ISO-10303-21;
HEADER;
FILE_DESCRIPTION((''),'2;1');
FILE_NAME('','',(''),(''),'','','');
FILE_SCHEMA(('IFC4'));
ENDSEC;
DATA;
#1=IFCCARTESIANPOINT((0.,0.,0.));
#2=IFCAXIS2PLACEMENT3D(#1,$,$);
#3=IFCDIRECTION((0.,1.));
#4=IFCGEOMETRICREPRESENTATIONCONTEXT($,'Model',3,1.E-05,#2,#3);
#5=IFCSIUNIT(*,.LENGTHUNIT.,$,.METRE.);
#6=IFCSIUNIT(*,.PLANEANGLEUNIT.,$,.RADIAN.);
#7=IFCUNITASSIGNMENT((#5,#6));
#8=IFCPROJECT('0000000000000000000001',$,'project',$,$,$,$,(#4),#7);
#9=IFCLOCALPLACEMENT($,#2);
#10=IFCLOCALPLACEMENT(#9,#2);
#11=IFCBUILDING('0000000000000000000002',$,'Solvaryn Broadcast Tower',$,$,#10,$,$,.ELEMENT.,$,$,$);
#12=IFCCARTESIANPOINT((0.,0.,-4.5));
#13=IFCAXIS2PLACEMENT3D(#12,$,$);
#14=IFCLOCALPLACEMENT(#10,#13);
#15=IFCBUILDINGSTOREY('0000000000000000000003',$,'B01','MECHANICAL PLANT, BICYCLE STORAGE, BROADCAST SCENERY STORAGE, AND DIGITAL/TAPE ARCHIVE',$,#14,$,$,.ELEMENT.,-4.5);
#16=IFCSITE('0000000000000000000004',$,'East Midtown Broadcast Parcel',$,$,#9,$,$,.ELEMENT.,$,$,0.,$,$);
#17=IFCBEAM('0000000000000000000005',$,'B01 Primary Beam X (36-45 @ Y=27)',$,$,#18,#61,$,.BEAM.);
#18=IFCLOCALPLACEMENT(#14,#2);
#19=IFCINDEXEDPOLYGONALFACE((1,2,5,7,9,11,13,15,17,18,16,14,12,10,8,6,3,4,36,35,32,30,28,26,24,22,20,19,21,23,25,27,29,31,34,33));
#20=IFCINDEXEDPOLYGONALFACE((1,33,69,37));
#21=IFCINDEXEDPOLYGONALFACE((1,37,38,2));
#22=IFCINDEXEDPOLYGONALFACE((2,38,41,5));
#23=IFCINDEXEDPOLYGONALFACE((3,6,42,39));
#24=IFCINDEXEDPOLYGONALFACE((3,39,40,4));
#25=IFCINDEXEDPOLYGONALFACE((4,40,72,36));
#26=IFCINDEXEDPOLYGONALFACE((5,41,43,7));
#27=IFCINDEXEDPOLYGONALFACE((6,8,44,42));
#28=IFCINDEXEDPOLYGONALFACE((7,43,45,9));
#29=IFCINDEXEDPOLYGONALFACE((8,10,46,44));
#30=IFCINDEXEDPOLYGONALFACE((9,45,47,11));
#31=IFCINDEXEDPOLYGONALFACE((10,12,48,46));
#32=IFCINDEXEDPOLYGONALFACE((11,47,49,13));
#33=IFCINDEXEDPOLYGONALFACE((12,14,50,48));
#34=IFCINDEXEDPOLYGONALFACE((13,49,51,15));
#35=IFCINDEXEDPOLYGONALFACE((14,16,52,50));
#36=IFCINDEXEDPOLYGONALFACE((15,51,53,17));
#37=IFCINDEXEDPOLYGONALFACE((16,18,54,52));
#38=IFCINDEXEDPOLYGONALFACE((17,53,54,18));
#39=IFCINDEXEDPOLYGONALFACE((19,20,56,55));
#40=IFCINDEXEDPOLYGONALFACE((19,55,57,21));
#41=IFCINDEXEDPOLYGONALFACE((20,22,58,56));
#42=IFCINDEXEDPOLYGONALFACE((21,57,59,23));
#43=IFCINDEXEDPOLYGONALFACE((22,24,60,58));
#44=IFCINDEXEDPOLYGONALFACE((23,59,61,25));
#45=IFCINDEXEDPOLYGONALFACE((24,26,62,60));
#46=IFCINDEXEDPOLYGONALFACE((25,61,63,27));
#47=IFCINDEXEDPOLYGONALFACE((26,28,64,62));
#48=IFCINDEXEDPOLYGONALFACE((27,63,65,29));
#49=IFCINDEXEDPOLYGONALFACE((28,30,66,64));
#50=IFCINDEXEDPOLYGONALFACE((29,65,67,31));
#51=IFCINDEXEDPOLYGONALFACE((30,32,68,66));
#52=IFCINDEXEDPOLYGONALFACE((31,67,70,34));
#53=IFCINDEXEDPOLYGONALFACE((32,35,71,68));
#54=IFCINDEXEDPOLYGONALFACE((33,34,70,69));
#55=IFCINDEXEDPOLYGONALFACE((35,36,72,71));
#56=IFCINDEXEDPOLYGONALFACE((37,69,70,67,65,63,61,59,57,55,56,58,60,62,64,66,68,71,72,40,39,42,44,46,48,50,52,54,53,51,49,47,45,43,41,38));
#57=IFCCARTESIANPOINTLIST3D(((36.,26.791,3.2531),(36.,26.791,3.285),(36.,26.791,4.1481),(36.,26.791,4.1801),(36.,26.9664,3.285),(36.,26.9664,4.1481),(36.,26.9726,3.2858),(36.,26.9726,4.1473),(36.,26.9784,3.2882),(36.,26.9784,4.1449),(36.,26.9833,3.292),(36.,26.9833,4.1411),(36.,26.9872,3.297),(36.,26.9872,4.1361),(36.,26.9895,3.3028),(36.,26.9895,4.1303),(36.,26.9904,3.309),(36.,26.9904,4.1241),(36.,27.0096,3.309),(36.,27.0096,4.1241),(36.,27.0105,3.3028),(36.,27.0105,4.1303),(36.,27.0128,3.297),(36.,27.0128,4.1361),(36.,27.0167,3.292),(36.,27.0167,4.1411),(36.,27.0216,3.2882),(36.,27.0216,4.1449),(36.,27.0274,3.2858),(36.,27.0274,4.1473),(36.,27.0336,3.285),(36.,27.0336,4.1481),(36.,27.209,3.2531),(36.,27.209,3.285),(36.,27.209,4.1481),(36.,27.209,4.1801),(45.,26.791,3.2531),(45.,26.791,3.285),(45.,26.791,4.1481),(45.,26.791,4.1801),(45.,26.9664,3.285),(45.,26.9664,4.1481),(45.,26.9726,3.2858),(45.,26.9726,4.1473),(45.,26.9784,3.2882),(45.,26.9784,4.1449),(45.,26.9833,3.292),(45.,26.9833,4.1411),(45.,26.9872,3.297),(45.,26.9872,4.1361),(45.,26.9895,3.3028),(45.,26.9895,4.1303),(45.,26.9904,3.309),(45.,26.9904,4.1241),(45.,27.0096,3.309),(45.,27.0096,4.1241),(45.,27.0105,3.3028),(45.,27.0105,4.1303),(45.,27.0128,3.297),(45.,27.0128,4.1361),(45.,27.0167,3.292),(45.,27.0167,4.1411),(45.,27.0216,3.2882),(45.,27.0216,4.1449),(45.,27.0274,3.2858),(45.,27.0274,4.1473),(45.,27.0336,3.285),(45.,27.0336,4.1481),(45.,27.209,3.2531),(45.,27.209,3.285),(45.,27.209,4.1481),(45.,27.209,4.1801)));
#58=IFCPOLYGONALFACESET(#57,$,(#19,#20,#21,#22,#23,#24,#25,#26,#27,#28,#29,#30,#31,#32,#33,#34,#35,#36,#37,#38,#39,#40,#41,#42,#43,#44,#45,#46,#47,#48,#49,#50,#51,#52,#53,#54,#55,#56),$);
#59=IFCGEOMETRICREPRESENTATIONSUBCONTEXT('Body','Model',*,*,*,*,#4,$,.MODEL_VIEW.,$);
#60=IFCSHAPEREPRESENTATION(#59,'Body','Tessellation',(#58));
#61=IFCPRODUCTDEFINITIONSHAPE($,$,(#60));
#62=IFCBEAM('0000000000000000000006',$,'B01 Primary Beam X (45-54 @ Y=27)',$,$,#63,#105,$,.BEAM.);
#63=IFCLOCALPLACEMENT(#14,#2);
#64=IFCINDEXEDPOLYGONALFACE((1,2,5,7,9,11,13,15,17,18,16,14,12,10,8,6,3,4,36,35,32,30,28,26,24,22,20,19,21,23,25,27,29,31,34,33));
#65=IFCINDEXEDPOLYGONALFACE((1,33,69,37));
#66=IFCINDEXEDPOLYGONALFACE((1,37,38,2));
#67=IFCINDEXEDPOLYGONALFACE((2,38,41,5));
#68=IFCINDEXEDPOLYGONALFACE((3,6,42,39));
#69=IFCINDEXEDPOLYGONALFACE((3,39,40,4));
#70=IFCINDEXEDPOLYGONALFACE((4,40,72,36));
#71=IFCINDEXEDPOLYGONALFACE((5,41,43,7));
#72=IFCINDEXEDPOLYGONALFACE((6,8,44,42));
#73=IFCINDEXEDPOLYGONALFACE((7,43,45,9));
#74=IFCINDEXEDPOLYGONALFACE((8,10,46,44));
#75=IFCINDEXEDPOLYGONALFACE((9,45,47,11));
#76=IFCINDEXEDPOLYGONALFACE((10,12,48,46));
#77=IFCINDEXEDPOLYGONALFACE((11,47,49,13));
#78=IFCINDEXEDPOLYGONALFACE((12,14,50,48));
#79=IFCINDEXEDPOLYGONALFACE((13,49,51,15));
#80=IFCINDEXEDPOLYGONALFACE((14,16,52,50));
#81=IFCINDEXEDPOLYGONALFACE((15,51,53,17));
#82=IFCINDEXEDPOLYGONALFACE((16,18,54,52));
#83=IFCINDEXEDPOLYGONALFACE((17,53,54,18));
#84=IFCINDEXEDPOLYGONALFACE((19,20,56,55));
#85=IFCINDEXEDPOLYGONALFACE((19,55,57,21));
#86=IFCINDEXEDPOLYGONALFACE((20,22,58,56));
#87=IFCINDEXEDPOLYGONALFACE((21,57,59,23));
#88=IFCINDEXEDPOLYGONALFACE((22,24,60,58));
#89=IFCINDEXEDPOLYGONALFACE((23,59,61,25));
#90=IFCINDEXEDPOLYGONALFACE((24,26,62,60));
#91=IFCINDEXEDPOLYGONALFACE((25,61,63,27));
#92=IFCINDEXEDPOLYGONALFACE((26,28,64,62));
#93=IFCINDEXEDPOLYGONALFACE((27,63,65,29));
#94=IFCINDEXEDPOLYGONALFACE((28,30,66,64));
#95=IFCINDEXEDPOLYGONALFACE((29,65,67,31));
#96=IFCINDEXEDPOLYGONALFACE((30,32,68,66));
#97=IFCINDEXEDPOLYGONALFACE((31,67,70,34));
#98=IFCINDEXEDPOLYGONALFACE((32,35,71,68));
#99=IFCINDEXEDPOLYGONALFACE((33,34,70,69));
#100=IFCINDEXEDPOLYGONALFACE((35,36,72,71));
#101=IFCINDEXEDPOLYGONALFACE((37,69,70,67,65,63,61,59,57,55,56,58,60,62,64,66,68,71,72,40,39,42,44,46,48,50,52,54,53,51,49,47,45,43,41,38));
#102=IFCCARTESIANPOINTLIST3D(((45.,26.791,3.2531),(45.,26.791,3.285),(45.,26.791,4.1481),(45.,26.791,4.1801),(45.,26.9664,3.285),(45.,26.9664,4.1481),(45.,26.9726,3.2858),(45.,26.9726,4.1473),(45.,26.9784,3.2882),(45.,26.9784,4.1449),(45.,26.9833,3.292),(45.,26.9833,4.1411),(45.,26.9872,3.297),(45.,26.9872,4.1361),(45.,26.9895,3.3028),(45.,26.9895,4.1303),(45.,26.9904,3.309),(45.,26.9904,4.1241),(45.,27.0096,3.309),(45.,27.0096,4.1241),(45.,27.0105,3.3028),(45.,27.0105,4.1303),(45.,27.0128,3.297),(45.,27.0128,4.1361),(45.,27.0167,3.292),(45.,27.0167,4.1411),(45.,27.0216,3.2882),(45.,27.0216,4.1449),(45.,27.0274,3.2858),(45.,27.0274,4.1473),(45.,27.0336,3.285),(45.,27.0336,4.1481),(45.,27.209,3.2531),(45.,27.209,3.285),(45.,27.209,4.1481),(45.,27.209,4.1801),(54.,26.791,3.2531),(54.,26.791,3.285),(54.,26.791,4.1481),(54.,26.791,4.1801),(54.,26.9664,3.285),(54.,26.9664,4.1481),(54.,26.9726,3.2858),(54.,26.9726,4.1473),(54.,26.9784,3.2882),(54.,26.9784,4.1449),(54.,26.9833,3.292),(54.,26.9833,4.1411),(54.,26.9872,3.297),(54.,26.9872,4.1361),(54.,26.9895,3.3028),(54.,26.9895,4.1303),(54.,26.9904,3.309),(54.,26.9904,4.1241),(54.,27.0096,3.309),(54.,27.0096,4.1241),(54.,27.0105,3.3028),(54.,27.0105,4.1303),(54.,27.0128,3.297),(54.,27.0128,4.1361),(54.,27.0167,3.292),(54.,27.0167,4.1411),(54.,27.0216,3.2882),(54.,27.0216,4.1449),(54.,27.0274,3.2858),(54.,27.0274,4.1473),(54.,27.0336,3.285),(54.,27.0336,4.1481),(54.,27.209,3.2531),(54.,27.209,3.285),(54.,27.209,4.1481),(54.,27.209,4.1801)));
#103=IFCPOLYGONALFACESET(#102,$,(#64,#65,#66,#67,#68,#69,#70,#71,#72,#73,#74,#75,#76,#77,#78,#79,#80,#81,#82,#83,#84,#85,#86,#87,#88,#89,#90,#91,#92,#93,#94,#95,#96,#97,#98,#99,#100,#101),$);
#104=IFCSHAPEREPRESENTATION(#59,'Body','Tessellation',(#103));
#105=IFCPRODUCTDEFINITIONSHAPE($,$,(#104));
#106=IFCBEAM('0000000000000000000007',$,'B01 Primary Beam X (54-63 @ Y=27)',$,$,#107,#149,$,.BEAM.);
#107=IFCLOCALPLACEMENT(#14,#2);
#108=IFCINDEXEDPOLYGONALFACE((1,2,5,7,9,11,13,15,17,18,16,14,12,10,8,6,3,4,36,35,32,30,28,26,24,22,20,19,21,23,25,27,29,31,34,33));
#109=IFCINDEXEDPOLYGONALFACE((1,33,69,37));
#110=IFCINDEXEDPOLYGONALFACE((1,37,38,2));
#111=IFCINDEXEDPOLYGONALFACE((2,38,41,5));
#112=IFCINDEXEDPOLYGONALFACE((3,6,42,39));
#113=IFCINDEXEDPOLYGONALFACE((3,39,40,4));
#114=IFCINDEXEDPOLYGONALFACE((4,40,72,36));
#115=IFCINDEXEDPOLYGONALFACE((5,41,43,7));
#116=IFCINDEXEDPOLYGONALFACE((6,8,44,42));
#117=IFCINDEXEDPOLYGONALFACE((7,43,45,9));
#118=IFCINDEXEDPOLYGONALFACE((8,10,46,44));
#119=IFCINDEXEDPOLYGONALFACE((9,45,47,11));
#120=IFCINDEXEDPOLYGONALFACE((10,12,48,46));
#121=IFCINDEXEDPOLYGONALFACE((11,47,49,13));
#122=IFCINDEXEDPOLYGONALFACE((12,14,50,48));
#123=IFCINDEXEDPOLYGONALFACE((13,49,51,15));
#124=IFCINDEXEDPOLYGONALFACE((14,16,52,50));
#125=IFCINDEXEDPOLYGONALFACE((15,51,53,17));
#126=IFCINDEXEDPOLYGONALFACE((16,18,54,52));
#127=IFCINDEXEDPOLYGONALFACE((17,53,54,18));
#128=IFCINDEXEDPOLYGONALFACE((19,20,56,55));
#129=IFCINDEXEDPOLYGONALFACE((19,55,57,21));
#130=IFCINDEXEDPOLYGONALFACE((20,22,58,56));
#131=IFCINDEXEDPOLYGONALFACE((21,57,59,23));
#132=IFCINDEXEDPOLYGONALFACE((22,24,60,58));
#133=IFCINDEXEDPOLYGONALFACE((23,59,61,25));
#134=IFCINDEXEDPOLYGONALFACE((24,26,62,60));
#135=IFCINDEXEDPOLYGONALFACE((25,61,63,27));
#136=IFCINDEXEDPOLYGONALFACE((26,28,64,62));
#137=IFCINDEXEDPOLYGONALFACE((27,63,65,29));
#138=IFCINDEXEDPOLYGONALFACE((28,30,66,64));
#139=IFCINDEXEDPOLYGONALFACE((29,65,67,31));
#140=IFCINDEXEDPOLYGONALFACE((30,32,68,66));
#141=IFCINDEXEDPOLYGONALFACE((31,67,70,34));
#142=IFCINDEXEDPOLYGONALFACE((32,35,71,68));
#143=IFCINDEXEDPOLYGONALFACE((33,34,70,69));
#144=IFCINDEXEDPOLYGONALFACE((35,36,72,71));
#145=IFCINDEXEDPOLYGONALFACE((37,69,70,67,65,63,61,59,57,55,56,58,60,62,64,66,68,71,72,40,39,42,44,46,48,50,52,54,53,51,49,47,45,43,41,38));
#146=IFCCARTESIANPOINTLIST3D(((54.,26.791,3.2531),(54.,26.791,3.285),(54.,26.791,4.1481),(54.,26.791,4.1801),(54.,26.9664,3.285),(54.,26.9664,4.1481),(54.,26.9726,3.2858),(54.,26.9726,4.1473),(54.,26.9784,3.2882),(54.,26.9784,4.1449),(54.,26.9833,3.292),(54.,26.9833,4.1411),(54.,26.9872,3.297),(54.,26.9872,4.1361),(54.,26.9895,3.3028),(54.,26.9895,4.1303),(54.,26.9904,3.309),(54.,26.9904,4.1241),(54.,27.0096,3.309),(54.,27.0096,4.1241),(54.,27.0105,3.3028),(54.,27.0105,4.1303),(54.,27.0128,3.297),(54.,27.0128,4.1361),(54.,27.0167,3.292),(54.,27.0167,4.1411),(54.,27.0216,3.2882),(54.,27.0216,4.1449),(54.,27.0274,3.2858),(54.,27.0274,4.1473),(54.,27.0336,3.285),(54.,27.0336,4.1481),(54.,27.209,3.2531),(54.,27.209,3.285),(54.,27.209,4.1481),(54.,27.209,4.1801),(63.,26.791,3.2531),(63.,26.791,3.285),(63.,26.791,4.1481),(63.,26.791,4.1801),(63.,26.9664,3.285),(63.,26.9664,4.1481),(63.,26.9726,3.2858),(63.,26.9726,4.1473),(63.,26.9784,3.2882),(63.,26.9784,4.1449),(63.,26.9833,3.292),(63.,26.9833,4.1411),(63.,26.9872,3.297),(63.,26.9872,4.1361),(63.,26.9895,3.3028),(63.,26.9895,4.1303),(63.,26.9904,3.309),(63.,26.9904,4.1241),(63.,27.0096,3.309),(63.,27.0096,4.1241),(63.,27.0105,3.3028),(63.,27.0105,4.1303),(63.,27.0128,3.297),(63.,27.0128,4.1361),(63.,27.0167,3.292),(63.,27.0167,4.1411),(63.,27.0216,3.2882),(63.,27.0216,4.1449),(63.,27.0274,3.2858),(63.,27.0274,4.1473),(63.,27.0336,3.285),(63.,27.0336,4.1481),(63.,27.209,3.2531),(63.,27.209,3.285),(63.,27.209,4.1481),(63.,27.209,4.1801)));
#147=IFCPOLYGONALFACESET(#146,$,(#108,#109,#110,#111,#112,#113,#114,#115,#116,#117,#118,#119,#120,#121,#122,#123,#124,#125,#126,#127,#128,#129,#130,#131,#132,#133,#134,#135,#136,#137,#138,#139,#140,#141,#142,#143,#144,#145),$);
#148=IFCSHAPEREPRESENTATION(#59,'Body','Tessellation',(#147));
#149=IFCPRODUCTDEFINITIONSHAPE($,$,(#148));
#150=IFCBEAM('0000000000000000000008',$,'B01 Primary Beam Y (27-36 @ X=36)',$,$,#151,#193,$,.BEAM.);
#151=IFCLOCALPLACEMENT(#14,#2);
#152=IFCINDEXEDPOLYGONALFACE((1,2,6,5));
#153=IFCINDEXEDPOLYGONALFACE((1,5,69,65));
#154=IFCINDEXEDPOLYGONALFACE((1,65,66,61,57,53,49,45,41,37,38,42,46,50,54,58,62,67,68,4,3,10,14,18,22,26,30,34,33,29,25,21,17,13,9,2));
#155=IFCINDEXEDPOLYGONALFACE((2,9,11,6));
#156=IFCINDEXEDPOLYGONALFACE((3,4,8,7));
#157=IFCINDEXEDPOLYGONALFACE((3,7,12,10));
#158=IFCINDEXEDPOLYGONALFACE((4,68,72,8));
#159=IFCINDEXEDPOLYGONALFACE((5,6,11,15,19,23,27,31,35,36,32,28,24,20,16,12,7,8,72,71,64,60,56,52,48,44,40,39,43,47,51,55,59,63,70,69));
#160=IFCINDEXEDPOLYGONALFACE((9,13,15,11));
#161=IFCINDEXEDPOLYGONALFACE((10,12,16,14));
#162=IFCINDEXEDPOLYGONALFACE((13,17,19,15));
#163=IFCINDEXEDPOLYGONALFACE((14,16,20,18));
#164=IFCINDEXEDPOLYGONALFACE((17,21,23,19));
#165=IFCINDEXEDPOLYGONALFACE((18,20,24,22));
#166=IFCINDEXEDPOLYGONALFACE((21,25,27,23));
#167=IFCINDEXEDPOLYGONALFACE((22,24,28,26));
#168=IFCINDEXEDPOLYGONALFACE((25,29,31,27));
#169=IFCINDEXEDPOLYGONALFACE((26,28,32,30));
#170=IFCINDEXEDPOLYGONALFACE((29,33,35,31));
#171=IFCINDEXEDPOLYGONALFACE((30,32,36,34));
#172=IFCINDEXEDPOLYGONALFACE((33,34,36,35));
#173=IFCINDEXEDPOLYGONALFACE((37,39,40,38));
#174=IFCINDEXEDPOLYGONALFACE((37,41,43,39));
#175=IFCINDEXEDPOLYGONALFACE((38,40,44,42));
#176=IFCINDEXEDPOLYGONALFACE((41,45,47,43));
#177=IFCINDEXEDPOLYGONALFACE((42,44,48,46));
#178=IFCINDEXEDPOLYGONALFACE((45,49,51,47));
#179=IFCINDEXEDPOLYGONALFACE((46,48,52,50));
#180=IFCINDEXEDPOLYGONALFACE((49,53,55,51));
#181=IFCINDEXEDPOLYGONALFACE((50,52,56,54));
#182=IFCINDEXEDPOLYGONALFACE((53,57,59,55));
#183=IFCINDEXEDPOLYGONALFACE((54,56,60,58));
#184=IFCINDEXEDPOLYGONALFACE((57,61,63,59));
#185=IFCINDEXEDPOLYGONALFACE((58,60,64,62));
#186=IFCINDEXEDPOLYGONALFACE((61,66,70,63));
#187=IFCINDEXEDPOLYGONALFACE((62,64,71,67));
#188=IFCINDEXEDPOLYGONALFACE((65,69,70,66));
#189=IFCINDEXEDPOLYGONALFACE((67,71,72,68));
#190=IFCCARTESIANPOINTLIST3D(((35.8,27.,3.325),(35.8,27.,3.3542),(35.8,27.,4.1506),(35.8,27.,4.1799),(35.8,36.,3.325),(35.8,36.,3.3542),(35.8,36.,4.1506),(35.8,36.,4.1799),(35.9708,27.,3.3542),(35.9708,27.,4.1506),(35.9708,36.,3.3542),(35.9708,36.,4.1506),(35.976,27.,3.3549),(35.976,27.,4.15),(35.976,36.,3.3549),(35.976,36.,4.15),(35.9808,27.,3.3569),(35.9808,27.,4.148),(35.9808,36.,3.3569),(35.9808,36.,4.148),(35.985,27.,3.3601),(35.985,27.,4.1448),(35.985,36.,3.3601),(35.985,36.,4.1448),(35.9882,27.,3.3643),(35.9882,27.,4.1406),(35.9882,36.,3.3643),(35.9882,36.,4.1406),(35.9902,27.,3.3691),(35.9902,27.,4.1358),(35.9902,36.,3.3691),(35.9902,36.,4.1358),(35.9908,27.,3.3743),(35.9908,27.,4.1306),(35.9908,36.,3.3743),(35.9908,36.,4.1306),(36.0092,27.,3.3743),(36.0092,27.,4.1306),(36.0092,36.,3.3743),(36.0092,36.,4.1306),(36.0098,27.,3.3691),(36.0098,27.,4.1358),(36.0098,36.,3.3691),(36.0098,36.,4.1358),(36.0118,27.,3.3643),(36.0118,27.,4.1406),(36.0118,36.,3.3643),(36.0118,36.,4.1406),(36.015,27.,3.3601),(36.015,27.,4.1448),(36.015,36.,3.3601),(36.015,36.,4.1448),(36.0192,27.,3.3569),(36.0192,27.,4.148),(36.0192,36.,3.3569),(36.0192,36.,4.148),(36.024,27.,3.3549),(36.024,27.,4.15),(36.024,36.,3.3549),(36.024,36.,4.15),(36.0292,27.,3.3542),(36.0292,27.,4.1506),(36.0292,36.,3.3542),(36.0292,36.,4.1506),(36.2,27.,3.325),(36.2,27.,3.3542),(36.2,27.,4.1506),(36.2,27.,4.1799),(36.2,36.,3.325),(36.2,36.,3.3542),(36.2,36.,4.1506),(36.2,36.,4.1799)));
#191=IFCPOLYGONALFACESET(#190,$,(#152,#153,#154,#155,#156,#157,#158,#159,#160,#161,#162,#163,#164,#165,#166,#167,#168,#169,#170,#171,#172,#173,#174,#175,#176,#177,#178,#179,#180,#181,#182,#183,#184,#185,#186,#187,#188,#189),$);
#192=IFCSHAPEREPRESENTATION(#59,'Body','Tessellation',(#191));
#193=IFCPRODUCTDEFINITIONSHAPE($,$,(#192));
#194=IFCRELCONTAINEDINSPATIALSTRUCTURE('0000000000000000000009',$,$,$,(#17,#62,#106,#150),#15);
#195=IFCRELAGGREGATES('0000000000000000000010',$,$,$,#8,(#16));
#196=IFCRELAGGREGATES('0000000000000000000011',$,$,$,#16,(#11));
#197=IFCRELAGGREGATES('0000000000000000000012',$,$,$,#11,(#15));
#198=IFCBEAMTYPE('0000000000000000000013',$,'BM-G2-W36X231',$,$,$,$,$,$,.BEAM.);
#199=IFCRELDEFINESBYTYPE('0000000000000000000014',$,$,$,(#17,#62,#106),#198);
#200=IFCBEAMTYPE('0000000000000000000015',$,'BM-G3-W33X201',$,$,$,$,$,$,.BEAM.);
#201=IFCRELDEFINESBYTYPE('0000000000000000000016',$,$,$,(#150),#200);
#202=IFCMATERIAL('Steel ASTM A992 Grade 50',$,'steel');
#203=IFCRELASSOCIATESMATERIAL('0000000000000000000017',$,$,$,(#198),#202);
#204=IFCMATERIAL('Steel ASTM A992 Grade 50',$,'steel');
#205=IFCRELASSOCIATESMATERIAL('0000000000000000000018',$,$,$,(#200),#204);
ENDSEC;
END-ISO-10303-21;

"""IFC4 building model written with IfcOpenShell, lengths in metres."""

from ifc_helpers import new_model, si_unit, direction, frame, origin, origin_2d, place, context, subcontext, project, spatial, i_section, extrude, material, material_profile, profile_set, type_object, element, save


model = new_model("IFC4")

# Units and contexts
model_context = context("Model", 3, precision=1e-05, world=origin(), true_north=direction((0.0, 1.0)))
body_context = subcontext(model_context, "Body", "Model", "MODEL_VIEW")
ifc_project = project(units=[si_unit("LENGTHUNIT", "METRE"), si_unit("PLANEANGLEUNIT", "RADIAN")], contexts=[model_context])

# Site, building, storey
site_placement = place(None, origin())
site = spatial("IfcSite", under=ifc_project, at=site_placement, Name="East Midtown Broadcast Parcel", CompositionType="ELEMENT", RefElevation=0.0)
building_placement = place(site_placement, origin())
building = spatial("IfcBuilding", under=site, at=building_placement, Name="Solvaryn Broadcast Tower", CompositionType="ELEMENT")
storey_placement = place(building_placement, frame((0.0, 0.0, -4.5)))
storey = spatial("IfcBuildingStorey", under=building, at=storey_placement, Name="B01", Description="MECHANICAL PLANT, BICYCLE STORAGE, BROADCAST SCENERY STORAGE, AND DIGITAL/TAPE ARCHIVE", CompositionType="ELEMENT", Elevation=-4.5)

# Beams
ifc_material_1 = material(Name="Steel ASTM A992 Grade 50", Category="steel")
ifc_material_profile_1 = material_profile(ifc_material_1, i_section(OverallWidth=0.418, OverallDepth=0.927, WebThickness=0.0193, FlangeThickness=0.032, FilletRadius=0.0239, at=origin_2d()))
ifc_profile_set_1 = profile_set([ifc_material_profile_1], Name="Steel ASTM A992 Grade 50")
beam_type_1 = type_object("IfcBeamType", Name="BM-G2-W36X231", PredefinedType="BEAM", material=ifc_profile_set_1)
for number, where, z_axis, x_axis, name in (
    (1, (36.0, 27.0, 3.7166), (1.0, 0.0, 0.0), (0.0, 1.0, 0.0), "B01 Primary Beam X (36-45 @ Y=27)"),
    (2, (45.0, 27.0, 3.7166), (1.0, 0.0, 0.0), (0.0, 1.0, 0.0), "B01 Primary Beam X (45-54 @ Y=27)"),
    (3, (54.0, 27.0, 3.7166), (1.0, 0.0, 0.0), (0.0, 1.0, 0.0), "B01 Primary Beam X (54-63 @ Y=27)"),
):
    element("IfcBeam", number, at=place(storey_placement, frame(where, z_axis=z_axis, x_axis=x_axis)), inside=storey, type_object=beam_type_1, Name=name, PredefinedType="BEAM", context=body_context, shape_type="SweptSolid", body=[
        extrude(i_section(OverallWidth=0.418, OverallDepth=0.927, WebThickness=0.0193, FlangeThickness=0.032, FilletRadius=0.0239, at=origin_2d()), origin(), (0.0, 0.0, 1.0), 9.0),
    ])
ifc_material_2 = material(Name="Steel ASTM A992 Grade 50", Category="steel")
ifc_material_profile_2 = material_profile(ifc_material_2, i_section(OverallWidth=0.3999, OverallDepth=0.855, WebThickness=0.0183, FlangeThickness=0.0293, FilletRadius=0.02, at=origin_2d()))
ifc_profile_set_2 = profile_set([ifc_material_profile_2], Name="Steel ASTM A992 Grade 50")
beam_type_2 = type_object("IfcBeamType", Name="BM-G3-W33X201", PredefinedType="BEAM", material=ifc_profile_set_2)
for number, where, z_axis, x_axis, name in (
    (4, (36.0, 27.0, 3.7524), (0.0, 1.0, 0.0), (-1.0, 0.0, 0.0), "B01 Primary Beam Y (27-36 @ X=36)"),
):
    element("IfcBeam", number, at=place(storey_placement, frame(where, z_axis=z_axis, x_axis=x_axis)), inside=storey, type_object=beam_type_2, Name=name, PredefinedType="BEAM", context=body_context, shape_type="SweptSolid", body=[
        extrude(i_section(OverallWidth=0.3999, OverallDepth=0.855, WebThickness=0.0183, FlangeThickness=0.0293, FilletRadius=0.02, at=origin_2d()), origin(), (0.0, 0.0, 1.0), 9.0),
    ])

save(model, "model.ifc")
